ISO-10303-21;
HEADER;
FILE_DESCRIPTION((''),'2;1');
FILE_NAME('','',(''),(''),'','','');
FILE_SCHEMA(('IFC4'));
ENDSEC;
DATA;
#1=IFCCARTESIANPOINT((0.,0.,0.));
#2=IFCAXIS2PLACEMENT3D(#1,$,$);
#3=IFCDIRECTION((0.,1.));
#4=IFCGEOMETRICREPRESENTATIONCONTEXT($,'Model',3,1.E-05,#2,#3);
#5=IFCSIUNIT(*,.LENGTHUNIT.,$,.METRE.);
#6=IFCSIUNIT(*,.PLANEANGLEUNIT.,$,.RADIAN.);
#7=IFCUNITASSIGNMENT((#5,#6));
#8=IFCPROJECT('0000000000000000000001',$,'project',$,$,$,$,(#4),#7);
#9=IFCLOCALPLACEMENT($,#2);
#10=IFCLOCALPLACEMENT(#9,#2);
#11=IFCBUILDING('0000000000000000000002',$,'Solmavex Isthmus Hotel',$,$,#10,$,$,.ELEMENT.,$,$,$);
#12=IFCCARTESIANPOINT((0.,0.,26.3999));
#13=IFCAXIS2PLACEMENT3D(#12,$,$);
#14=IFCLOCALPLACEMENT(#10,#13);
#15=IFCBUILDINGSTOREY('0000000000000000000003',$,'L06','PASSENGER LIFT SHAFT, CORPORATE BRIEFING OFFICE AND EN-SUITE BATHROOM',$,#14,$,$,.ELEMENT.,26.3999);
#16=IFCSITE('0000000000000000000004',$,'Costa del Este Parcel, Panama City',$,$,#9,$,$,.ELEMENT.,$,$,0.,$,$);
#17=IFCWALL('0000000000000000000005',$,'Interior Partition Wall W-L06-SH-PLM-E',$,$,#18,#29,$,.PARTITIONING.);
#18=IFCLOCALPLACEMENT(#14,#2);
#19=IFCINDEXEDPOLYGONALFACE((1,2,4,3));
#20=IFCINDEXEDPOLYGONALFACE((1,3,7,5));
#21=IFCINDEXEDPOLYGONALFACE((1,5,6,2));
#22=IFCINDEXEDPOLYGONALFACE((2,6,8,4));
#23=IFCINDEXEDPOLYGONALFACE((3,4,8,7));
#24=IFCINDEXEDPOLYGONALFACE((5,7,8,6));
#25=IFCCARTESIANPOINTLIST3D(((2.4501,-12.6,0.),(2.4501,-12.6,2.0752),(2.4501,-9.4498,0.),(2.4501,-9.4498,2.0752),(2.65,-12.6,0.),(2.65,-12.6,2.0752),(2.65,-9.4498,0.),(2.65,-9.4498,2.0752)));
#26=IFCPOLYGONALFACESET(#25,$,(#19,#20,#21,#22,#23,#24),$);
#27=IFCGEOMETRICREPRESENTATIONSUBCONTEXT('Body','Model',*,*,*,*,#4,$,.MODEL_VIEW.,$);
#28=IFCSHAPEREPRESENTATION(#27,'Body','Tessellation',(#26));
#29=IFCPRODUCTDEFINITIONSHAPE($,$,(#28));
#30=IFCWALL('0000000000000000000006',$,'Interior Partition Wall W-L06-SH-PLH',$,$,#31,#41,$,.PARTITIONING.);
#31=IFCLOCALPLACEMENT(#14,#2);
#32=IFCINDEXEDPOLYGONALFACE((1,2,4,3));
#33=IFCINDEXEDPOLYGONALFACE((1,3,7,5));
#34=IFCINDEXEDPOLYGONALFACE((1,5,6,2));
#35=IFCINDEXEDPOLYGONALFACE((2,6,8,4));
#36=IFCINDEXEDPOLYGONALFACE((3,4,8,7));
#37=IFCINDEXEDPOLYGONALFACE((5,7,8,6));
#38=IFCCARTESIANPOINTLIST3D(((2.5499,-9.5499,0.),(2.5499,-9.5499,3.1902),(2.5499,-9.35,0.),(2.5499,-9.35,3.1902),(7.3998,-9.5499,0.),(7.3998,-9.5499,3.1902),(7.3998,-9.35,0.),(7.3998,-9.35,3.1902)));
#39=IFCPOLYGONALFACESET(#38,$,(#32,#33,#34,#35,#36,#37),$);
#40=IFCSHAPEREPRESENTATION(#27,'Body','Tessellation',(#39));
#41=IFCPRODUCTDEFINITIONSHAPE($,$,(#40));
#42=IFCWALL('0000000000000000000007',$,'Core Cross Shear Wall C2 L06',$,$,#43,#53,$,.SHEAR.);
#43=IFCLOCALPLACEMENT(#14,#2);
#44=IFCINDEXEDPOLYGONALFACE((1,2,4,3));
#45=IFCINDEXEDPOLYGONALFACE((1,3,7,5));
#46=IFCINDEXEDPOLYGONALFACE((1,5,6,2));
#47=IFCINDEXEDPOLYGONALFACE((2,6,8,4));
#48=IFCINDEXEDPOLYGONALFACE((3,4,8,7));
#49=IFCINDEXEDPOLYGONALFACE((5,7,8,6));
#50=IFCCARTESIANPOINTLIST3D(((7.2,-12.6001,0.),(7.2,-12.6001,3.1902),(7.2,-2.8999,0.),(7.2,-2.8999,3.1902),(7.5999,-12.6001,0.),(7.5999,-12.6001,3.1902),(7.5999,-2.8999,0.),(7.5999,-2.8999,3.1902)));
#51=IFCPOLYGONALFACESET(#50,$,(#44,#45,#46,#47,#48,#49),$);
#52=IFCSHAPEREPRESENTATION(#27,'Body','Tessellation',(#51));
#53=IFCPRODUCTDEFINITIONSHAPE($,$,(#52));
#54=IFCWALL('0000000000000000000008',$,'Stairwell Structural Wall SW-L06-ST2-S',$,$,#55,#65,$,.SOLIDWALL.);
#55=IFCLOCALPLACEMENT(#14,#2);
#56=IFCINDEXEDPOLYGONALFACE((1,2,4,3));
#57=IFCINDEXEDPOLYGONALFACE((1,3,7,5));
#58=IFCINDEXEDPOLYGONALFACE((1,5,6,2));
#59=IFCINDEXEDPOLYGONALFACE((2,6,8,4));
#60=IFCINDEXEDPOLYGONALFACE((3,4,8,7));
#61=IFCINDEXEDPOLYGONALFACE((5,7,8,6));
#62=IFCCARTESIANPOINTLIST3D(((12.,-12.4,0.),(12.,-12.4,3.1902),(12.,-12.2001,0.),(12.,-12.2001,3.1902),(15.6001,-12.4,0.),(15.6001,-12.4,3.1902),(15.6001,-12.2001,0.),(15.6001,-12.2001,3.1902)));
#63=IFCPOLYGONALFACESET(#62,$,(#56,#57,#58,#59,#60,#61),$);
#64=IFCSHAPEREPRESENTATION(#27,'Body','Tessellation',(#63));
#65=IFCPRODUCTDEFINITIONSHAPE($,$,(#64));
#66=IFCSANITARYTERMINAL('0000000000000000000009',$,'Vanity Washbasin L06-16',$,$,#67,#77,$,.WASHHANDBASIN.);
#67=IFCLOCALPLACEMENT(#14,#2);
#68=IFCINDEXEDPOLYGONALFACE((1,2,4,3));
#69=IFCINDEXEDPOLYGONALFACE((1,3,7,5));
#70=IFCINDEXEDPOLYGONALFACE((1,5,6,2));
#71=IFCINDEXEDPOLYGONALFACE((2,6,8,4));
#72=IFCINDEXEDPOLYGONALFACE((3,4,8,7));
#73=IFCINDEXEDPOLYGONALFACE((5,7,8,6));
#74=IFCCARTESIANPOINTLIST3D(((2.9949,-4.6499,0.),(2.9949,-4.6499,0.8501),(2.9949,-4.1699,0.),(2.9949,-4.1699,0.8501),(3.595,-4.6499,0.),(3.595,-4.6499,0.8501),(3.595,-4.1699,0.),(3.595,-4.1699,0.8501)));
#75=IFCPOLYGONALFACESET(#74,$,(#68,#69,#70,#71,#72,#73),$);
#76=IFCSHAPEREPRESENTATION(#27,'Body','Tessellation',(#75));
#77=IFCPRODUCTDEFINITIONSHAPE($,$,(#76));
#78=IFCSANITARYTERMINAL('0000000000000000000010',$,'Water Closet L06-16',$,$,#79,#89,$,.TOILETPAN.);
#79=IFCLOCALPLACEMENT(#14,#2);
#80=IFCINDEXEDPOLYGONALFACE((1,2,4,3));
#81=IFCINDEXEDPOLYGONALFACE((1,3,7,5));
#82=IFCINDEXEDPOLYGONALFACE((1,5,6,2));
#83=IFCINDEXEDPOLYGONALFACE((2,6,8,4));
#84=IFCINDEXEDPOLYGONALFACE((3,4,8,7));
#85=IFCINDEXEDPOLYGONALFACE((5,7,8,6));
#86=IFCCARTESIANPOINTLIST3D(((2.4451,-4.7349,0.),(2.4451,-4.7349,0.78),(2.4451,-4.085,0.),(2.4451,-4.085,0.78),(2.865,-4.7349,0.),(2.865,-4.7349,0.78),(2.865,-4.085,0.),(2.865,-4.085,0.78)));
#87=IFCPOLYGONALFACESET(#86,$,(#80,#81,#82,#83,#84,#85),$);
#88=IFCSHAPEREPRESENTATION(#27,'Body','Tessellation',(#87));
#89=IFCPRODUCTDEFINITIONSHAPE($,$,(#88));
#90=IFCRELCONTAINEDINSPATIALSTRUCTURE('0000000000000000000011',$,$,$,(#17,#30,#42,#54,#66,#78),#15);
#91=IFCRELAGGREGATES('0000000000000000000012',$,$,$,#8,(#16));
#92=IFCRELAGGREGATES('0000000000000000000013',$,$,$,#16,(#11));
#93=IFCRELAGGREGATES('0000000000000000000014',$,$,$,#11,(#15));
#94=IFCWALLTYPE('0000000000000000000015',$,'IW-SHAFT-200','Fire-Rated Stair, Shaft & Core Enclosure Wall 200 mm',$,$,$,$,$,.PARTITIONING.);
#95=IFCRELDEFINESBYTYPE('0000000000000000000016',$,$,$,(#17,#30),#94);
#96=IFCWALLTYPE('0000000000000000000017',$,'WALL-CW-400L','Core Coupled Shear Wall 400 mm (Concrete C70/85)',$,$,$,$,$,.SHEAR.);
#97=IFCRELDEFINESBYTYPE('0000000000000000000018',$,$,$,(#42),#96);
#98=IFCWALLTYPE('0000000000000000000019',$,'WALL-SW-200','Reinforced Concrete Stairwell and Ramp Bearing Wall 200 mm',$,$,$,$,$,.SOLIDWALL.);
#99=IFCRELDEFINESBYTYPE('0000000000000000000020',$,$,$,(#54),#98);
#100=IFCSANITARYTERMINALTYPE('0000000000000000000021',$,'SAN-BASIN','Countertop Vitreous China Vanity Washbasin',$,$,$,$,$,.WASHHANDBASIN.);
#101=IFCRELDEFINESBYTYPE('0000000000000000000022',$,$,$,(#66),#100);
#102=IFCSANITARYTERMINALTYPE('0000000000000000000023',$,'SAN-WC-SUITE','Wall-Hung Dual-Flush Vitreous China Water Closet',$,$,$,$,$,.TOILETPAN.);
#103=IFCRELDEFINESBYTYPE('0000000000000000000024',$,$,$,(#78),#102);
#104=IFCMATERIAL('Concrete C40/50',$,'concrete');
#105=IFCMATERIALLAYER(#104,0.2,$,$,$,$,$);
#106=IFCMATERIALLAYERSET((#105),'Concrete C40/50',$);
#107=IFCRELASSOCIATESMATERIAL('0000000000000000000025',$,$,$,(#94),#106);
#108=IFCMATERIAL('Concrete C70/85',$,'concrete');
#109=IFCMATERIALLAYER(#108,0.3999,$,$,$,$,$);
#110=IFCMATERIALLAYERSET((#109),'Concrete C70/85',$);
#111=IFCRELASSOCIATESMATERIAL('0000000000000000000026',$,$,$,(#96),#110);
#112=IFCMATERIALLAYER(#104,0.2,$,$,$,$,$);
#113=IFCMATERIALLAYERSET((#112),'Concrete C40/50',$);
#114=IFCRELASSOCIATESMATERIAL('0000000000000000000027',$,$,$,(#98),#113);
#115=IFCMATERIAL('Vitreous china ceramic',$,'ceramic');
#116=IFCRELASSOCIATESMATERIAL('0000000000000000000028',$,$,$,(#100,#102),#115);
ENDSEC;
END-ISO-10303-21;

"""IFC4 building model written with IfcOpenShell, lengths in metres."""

from ifc_helpers import new_model, si_unit, direction, frame, frame_2d, origin, origin_2d, place, context, subcontext, project, spatial, rectangle, extrude, material, layer, layer_set, type_object, element, save


model = new_model("IFC4")

# Units and contexts
model_context = context("Model", 3, precision=1e-05, world=origin(), true_north=direction((0.0, 1.0)))
body_context = subcontext(model_context, "Body", "Model", "MODEL_VIEW")
ifc_project = project(units=[si_unit("LENGTHUNIT", "METRE"), si_unit("PLANEANGLEUNIT", "RADIAN")], contexts=[model_context])

# Site, building, storey
site_placement = place(None, origin())
site = spatial("IfcSite", under=ifc_project, at=site_placement, Name="Costa del Este Parcel, Panama City", CompositionType="ELEMENT", RefElevation=0.0)
building_placement = place(site_placement, origin())
building = spatial("IfcBuilding", under=site, at=building_placement, Name="Solmavex Isthmus Hotel", CompositionType="ELEMENT")
storey_placement = place(building_placement, frame((0.0, 0.0, 26.3999)))
storey = spatial("IfcBuildingStorey", under=building, at=storey_placement, Name="L06", Description="PASSENGER LIFT SHAFT, CORPORATE BRIEFING OFFICE AND EN-SUITE BATHROOM", CompositionType="ELEMENT", Elevation=26.3999)

# Shared definitions
ifc_material_1 = material(Name="Concrete C70/85", Category="concrete")

# Shared definitions
ifc_material_2 = material(Name="Concrete C40/50", Category="concrete")

# Shared definitions
ifc_layer_1 = layer(ifc_material_2, 0.2)
ifc_layer_set_1 = layer_set([ifc_layer_1], Name="Concrete C40/50")
wall_type_1 = type_object("IfcWallType", Name="IW-SHAFT-200", Description="Fire-Rated Stair, Shaft & Core Enclosure Wall 200 mm", PredefinedType="PARTITIONING", material=ifc_layer_set_1)

# Walls
for number, where, z_axis, x_axis, name in (
    (1, (2.55, -12.6001, 0.0), (0.0, 0.0, 1.0), (0.0, 1.0, 0.0), "Interior Partition Wall W-L06-SH-PLM-E"),
):
    element("IfcWall", number, at=place(storey_placement, frame(where, z_axis=z_axis, x_axis=x_axis)), inside=storey, type_object=wall_type_1, Name=name, PredefinedType="PARTITIONING", context=body_context, shape_type="SweptSolid", body=[
        extrude(rectangle(XDim=3.1501, YDim=0.2, at=frame_2d((1.5752, 0.0))), origin(), (0.0, 0.0, 1.0), 2.0752),
    ])
wall_1_placement = place(storey_placement, frame((2.55, -9.45, 0.0), z_axis=(0.0, 0.0, 1.0), x_axis=(1.0, 0.0, 0.0)))
element("IfcWall", 2, at=wall_1_placement, inside=storey, type_object=wall_type_1, Name="Interior Partition Wall W-L06-SH-PLH", PredefinedType="PARTITIONING", context=body_context, shape_type="SweptSolid", body=[
    extrude(rectangle(XDim=4.8499, YDim=0.2, at=frame_2d((2.4248, 0.0))), origin(), (0.0, 0.0, 1.0), 3.1902),
])
ifc_layer_2 = layer(ifc_material_1, 0.3999)
ifc_layer_set_2 = layer_set([ifc_layer_2], Name="Concrete C70/85")
wall_type_2 = type_object("IfcWallType", Name="WALL-CW-400L", Description="Core Coupled Shear Wall 400 mm (Concrete C70/85)", PredefinedType="SHEAR", material=ifc_layer_set_2)
wall_2_placement = place(storey_placement, frame((7.3999, -12.6001, 0.0), z_axis=(0.0, 0.0, 1.0), x_axis=(0.0, 1.0, 0.0)))
element("IfcWall", 3, at=wall_2_placement, inside=storey, type_object=wall_type_2, Name="Core Cross Shear Wall C2 L06", PredefinedType="SHEAR", context=body_context, shape_type="SweptSolid", body=[
    extrude(rectangle(XDim=9.7002, YDim=0.3999, at=frame_2d((4.8501, 0.0))), origin(), (0.0, 0.0, 1.0), 3.1902),
])
ifc_layer_3 = layer(ifc_material_2, 0.2)
ifc_layer_set_3 = layer_set([ifc_layer_3], Name="Concrete C40/50")
wall_type_3 = type_object("IfcWallType", Name="WALL-SW-200", Description="Reinforced Concrete Stairwell and Ramp Bearing Wall 200 mm", PredefinedType="SOLIDWALL", material=ifc_layer_set_3)
wall_3_placement = place(storey_placement, frame((12.0, -12.3, 0.0), z_axis=(0.0, 0.0, 1.0), x_axis=(1.0, 0.0, 0.0)))
element("IfcWall", 4, at=wall_3_placement, inside=storey, type_object=wall_type_3, Name="Stairwell Structural Wall SW-L06-ST2-S", PredefinedType="SOLIDWALL", context=body_context, shape_type="SweptSolid", body=[
    extrude(rectangle(XDim=3.6001, YDim=0.2, at=frame_2d((1.8, 0.0))), origin(), (0.0, 0.0, 1.0), 3.1902),
])

# Sanitary terminals
ifc_material_3 = material(Name="Vitreous china ceramic", Category="ceramic")
sanitary_terminal_type_1 = type_object("IfcSanitaryTerminalType", Name="SAN-BASIN", Description="Countertop Vitreous China Vanity Washbasin", PredefinedType="WASHHANDBASIN", material=ifc_material_3)
sanitary_terminal_1_placement = place(storey_placement, frame((3.2949, -4.4099, 0.0), z_axis=(0.0, 0.0, 1.0), x_axis=(1.0, 0.0, 0.0)))
element("IfcSanitaryTerminal", 5, at=sanitary_terminal_1_placement, inside=storey, type_object=sanitary_terminal_type_1, Name="Vanity Washbasin L06-16", PredefinedType="WASHHANDBASIN", context=body_context, shape_type="SweptSolid", body=[
    extrude(rectangle(XDim=0.6001, YDim=0.48, at=origin_2d()), origin(), (0.0, 0.0, 1.0), 0.8501),
])
sanitary_terminal_type_2 = type_object("IfcSanitaryTerminalType", Name="SAN-WC-SUITE", Description="Wall-Hung Dual-Flush Vitreous China Water Closet", PredefinedType="TOILETPAN", material=ifc_material_3)
sanitary_terminal_2_placement = place(storey_placement, frame((2.655, -4.4099, 0.0), z_axis=(0.0, 0.0, 1.0), x_axis=(1.0, 0.0, 0.0)))
element("IfcSanitaryTerminal", 6, at=sanitary_terminal_2_placement, inside=storey, type_object=sanitary_terminal_type_2, Name="Water Closet L06-16", PredefinedType="TOILETPAN", context=body_context, shape_type="SweptSolid", body=[
    extrude(rectangle(XDim=0.4199, YDim=0.6499, at=origin_2d()), origin(), (0.0, 0.0, 1.0), 0.78),
])

save(model, "model.ifc")
